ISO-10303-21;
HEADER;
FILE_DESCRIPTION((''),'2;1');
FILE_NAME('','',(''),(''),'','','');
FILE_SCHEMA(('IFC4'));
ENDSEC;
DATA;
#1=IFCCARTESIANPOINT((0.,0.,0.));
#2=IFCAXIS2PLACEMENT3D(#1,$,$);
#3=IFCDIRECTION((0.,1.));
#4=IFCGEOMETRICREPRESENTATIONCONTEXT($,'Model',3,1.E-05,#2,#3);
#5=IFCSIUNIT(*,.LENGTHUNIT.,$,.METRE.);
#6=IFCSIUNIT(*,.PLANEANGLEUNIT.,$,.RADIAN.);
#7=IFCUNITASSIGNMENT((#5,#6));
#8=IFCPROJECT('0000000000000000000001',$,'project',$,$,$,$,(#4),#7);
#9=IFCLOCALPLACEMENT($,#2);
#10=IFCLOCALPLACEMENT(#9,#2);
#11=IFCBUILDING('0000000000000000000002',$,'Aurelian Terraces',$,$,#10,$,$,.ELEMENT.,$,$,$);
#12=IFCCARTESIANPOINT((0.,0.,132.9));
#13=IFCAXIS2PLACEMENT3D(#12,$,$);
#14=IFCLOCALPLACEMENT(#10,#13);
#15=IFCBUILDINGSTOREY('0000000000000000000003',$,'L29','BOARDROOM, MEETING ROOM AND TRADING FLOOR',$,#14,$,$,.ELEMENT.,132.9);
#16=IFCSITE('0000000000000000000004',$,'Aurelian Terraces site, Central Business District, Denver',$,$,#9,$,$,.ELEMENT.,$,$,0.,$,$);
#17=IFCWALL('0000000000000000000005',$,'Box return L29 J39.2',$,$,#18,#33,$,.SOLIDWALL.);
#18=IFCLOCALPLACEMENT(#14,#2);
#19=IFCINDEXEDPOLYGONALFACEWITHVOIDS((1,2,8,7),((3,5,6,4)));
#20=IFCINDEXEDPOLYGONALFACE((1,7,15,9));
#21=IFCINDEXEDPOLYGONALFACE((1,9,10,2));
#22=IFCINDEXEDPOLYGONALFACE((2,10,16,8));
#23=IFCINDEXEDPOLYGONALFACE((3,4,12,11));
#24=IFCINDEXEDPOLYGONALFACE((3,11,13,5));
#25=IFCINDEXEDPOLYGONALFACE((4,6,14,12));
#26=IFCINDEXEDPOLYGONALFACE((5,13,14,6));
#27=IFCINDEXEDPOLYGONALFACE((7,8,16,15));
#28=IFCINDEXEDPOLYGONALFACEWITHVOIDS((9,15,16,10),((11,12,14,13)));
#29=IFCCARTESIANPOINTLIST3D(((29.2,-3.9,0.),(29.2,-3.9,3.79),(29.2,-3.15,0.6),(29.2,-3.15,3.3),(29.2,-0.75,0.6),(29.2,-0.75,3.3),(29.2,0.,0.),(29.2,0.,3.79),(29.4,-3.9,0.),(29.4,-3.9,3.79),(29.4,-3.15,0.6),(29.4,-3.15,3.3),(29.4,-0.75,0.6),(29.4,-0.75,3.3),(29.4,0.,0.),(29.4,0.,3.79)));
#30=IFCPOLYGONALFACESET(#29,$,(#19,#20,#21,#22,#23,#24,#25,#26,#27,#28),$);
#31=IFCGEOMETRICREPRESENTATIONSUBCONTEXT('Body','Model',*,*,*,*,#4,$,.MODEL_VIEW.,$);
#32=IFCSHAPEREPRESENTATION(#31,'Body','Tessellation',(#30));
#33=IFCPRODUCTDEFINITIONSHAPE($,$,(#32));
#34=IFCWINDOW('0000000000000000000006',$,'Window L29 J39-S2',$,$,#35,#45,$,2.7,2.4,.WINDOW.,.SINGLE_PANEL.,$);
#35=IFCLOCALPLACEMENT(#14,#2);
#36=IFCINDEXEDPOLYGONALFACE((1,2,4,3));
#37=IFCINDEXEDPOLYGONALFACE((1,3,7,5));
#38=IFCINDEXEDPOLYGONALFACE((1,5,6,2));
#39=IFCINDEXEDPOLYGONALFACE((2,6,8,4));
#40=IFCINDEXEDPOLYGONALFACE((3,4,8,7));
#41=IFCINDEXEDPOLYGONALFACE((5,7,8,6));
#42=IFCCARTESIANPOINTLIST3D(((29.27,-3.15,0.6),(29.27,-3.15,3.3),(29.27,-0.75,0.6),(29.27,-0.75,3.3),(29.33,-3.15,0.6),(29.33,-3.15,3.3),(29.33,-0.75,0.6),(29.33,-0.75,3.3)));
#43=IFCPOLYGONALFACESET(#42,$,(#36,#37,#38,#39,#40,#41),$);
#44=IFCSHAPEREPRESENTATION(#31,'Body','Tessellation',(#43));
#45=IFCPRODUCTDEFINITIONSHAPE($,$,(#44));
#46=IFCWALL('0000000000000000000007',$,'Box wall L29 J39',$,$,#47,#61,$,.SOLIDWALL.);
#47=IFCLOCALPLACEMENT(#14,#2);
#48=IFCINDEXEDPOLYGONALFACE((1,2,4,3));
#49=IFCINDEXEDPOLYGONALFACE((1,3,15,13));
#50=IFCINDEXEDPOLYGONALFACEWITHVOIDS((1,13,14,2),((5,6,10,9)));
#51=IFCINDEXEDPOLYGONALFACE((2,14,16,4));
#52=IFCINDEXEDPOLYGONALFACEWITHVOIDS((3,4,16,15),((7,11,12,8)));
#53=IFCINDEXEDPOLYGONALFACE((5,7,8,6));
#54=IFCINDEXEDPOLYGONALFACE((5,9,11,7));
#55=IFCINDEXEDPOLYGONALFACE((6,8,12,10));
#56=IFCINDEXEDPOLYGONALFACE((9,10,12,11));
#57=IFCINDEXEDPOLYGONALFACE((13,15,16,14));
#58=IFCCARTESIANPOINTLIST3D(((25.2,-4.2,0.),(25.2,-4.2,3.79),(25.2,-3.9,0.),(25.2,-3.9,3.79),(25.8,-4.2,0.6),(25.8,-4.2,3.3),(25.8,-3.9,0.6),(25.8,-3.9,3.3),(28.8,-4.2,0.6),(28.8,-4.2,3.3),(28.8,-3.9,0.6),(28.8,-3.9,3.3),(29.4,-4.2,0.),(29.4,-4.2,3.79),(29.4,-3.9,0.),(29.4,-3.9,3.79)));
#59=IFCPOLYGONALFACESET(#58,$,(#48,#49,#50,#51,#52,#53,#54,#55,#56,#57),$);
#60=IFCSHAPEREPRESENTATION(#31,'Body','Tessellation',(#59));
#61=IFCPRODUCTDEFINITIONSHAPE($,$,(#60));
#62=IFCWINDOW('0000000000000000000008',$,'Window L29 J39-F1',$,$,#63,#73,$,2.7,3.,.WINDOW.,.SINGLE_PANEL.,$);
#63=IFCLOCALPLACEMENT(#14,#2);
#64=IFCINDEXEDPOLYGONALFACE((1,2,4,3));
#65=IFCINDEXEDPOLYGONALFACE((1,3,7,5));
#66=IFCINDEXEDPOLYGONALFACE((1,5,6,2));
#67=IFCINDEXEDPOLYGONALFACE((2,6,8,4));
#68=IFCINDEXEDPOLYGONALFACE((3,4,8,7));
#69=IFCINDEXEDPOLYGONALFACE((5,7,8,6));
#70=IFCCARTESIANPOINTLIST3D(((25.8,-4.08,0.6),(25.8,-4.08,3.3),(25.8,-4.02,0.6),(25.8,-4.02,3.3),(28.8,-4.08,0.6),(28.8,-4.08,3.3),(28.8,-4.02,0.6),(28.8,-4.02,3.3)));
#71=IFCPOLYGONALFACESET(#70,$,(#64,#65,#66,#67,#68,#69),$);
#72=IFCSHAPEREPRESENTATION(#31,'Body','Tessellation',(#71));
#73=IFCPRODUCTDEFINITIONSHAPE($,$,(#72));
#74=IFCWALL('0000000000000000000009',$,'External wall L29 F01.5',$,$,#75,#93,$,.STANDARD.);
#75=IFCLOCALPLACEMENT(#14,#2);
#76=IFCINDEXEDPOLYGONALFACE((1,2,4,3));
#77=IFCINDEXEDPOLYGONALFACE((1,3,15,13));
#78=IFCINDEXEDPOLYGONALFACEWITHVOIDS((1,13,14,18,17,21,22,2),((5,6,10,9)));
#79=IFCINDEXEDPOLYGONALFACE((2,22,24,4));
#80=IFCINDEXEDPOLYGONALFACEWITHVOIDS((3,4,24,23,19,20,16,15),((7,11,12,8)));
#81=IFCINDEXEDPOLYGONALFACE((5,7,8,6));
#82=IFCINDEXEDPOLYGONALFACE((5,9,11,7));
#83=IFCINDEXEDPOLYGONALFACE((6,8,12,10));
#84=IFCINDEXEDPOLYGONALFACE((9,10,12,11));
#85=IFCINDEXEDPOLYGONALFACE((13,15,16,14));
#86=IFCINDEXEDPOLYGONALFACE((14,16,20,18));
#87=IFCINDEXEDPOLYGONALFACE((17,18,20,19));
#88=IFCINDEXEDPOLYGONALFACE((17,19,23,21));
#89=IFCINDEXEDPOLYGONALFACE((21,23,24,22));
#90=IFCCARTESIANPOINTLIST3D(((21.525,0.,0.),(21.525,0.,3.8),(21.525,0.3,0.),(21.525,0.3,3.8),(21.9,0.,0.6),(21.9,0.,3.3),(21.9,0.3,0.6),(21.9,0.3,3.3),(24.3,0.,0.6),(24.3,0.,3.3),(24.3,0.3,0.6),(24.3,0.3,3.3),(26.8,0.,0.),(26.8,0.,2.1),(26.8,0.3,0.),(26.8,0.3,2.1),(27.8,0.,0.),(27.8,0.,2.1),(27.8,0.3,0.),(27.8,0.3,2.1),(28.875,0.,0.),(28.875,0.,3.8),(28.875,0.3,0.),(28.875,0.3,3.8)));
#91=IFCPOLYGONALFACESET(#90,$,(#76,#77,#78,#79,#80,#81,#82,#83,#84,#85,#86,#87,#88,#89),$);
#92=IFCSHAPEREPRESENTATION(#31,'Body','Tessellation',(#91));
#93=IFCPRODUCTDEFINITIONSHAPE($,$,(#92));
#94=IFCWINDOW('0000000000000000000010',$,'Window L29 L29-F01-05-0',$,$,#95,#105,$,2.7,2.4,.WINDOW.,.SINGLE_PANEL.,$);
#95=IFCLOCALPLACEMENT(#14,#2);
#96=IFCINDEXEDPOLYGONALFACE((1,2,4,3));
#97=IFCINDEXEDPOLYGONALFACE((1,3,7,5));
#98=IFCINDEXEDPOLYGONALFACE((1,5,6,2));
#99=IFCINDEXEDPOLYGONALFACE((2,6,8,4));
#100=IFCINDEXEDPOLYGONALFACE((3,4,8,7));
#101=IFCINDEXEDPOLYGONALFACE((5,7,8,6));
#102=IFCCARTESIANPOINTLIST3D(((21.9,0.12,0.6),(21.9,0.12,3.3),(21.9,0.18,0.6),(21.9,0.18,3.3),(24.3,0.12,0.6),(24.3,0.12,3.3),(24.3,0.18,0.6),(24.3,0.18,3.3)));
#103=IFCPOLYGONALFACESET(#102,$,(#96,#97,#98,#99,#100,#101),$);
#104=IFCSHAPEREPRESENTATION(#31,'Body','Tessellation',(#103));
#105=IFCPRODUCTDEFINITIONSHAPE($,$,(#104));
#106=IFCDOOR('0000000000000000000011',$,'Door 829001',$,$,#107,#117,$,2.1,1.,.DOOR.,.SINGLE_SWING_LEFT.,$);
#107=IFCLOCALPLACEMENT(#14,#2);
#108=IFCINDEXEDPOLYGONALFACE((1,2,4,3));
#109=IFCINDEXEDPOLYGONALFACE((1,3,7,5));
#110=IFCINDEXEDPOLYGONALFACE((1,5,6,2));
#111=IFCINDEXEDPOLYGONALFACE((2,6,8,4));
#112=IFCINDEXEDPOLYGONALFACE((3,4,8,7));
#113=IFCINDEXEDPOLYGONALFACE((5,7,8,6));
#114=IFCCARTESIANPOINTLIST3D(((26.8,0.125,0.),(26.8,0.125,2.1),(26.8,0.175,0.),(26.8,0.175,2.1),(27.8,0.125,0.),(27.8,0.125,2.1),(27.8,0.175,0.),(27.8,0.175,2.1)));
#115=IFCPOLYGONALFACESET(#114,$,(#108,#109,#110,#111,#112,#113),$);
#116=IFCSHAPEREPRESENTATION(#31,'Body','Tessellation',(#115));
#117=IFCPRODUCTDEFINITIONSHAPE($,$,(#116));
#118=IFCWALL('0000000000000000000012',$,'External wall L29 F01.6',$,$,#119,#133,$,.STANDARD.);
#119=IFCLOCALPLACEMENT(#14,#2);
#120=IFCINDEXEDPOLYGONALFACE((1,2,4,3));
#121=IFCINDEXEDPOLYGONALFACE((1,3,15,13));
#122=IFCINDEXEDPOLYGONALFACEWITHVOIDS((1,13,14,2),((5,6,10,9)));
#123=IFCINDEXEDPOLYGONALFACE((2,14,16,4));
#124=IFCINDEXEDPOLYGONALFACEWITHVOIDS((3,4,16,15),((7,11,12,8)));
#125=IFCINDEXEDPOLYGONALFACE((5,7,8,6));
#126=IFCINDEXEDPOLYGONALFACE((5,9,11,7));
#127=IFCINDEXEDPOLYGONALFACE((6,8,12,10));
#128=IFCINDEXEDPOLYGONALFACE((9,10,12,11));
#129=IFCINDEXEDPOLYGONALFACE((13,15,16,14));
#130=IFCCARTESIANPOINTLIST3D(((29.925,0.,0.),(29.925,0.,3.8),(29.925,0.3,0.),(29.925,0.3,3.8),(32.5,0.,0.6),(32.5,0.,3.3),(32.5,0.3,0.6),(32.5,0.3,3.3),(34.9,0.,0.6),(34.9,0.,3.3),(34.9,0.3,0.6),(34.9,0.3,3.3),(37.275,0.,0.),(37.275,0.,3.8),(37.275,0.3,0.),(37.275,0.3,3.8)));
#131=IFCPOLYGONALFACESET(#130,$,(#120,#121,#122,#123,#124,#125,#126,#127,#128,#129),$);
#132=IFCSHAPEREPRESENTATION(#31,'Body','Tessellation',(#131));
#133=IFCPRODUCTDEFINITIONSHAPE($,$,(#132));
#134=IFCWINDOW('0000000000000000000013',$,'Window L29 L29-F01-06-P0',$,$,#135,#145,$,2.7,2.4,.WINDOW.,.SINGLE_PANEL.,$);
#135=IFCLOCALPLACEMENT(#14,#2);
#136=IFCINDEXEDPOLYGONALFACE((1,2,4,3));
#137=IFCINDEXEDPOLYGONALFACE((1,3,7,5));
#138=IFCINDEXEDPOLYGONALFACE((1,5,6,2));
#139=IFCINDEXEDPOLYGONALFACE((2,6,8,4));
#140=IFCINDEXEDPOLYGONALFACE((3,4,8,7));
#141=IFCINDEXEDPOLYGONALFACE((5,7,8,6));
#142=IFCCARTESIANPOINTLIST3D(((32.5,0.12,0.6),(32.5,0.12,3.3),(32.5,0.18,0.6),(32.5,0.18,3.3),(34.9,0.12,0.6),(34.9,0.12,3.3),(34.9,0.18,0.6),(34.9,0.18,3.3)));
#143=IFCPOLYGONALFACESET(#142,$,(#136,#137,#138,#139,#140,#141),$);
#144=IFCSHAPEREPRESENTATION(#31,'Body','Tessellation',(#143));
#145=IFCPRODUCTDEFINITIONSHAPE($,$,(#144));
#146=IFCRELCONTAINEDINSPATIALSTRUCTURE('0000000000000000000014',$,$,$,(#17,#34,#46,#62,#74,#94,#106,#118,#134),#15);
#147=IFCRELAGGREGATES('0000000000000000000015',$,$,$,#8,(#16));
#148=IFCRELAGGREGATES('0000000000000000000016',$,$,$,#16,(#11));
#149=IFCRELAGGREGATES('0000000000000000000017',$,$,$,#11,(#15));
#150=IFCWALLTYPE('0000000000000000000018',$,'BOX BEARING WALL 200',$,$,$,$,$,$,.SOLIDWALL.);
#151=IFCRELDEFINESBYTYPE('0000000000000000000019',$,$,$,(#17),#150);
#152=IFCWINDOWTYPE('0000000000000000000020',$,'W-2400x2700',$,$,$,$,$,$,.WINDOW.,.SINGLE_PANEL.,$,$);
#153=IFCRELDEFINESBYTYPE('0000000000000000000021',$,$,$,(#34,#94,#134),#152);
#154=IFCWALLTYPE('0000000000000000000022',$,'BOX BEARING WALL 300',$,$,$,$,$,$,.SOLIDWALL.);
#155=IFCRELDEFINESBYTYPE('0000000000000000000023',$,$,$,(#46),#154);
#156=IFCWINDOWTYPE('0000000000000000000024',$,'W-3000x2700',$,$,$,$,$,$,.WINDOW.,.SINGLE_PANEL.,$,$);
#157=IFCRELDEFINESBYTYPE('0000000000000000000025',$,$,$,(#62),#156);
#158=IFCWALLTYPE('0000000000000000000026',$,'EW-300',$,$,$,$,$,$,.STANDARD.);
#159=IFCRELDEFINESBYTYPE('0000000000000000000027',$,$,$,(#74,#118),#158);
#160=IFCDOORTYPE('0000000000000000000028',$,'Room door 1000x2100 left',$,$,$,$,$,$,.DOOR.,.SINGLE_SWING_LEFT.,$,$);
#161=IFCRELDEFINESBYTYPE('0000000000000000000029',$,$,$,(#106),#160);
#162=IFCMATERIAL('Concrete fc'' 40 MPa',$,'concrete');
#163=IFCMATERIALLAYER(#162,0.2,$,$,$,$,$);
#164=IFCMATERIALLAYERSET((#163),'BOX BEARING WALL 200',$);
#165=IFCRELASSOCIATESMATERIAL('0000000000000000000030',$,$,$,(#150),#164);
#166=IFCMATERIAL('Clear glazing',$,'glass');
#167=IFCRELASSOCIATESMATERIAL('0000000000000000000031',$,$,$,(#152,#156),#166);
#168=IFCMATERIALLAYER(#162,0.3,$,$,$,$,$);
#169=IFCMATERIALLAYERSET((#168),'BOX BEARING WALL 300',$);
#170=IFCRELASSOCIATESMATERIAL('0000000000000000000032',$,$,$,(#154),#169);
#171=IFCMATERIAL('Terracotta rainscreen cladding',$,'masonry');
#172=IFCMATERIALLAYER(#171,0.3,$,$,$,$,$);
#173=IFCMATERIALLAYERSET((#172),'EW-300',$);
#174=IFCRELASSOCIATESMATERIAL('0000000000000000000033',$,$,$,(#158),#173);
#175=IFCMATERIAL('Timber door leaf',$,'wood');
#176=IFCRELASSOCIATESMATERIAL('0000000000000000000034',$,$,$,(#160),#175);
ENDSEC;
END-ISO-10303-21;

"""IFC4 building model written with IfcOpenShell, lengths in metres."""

from ifc_helpers import new_model, si_unit, direction, frame, frame_2d, origin, place, context, subcontext, project, spatial, rectangle, extrude, source, transform, mapped, material, layer, layer_set, type_object, element, fill, save


model = new_model("IFC4")

# Units and contexts
model_context = context("Model", 3, precision=1e-05, world=origin(), true_north=direction((0.0, 1.0)))
body_context = subcontext(model_context, "Body", "Model", "MODEL_VIEW")
ifc_project = project(units=[si_unit("LENGTHUNIT", "METRE"), si_unit("PLANEANGLEUNIT", "RADIAN")], contexts=[model_context])

# Site, building, storey
site_placement = place(None, origin())
site = spatial("IfcSite", under=ifc_project, at=site_placement, Name="Aurelian Terraces site, Central Business District, Denver", CompositionType="ELEMENT", RefElevation=0.0)
building_placement = place(site_placement, origin())
building = spatial("IfcBuilding", under=site, at=building_placement, Name="Aurelian Terraces", CompositionType="ELEMENT")
storey_placement = place(building_placement, frame((0.0, 0.0, 132.9)))
storey = spatial("IfcBuildingStorey", under=building, at=storey_placement, Name="L29", Description="BOARDROOM, MEETING ROOM AND TRADING FLOOR", CompositionType="ELEMENT", Elevation=132.9)

# Shared definitions
ifc_material_1 = material(Name="Concrete fc' 40 MPa", Category="concrete")

# Walls, openings, windows
ifc_layer_1 = layer(ifc_material_1, 0.2)
ifc_layer_set_1 = layer_set([ifc_layer_1], Name="BOX BEARING WALL 200")
wall_type_1 = type_object("IfcWallType", Name="BOX BEARING WALL 200", PredefinedType="SOLIDWALL", material=ifc_layer_set_1)
shared_shape_1 = source(origin(), body_context, "Body", "SweptSolid", [
    extrude(rectangle(XDim=3.9, YDim=0.2, at=frame_2d((1.95, 0.0))), origin(), (0.0, 0.0, 1.0), 3.79),
])
shared_shape_2 = source(origin(), body_context, "Body", "SweptSolid", [
    extrude(rectangle(XDim=2.4, YDim=2.7, at=frame_2d((1.2, 1.35))), frame((0.0, 0.11, 0.0), z_axis=(0.0, -1.0, 0.0), x_axis=(1.0, 0.0, 0.0)), (0.0, 0.0, 1.0), 0.22),
])
ifc_material_2 = material(Name="Clear glazing", Category="glass")
window_type_1 = type_object("IfcWindowType", Name="W-2400x2700", PartitioningType="SINGLE_PANEL", PredefinedType="WINDOW", material=ifc_material_2)
shared_shape_3 = source(origin(), body_context, "Body", "SweptSolid", [
    extrude(rectangle(XDim=2.4, YDim=2.7, at=frame_2d((1.2, 1.35))), frame((0.0, 0.03, 0.0), z_axis=(0.0, -1.0, 0.0), x_axis=(1.0, 0.0, 0.0)), (0.0, 0.0, 1.0), 0.06),
])
wall_1_placement = place(storey_placement, frame((29.3, 0.0, 0.0), z_axis=(0.0, 0.0, 1.0), x_axis=(0.0, -1.0, 0.0)))
wall_1 = element("IfcWall", 1, at=wall_1_placement, inside=storey, type_object=wall_type_1, Name="Box return L29 J39.2", PredefinedType="SOLIDWALL", context=body_context, shape_type="MappedRepresentation", body=[
    mapped(shared_shape_1, transform((0.0, 0.0, 0.0), scale=1.0)),
])
opening_1_placement = place(wall_1_placement, frame((0.75, 0.0, 0.6)))
opening_1 = element("IfcOpeningElement", 2, at=opening_1_placement, cuts=wall_1, PredefinedType="OPENING", context=body_context, shape_type="MappedRepresentation", body=[
    mapped(shared_shape_2, transform((0.0, 0.0, 0.0), scale=1.0)),
])
window_1_placement = place(opening_1_placement, origin())
window_1 = element("IfcWindow", 3, at=window_1_placement, inside=storey, type_object=window_type_1, Name="Window L29 J39-S2", OverallHeight=2.7, OverallWidth=2.4, PartitioningType="SINGLE_PANEL", PredefinedType="WINDOW", context=body_context, shape_type="MappedRepresentation", body=[
    mapped(shared_shape_3, transform((0.0, 0.0, 0.0), scale=1.0)),
])
fill(opening_1, window_1)
ifc_layer_2 = layer(ifc_material_1, 0.3)
ifc_layer_set_2 = layer_set([ifc_layer_2], Name="BOX BEARING WALL 300")
wall_type_2 = type_object("IfcWallType", Name="BOX BEARING WALL 300", PredefinedType="SOLIDWALL", material=ifc_layer_set_2)
shared_shape_4 = source(origin(), body_context, "Body", "SweptSolid", [
    extrude(rectangle(XDim=4.2, YDim=0.3, at=frame_2d((2.1, 0.0))), origin(), (0.0, 0.0, 1.0), 3.79),
])
wall_2_placement = place(storey_placement, frame((25.2, -4.05, 0.0), z_axis=(0.0, 0.0, 1.0), x_axis=(1.0, 0.0, 0.0)))
wall_2 = element("IfcWall", 4, at=wall_2_placement, inside=storey, type_object=wall_type_2, Name="Box wall L29 J39", PredefinedType="SOLIDWALL", context=body_context, shape_type="MappedRepresentation", body=[
    mapped(shared_shape_4, transform((0.0, 0.0, 0.0), scale=1.0)),
])
shared_shape_5 = source(origin(), body_context, "Body", "SweptSolid", [
    extrude(rectangle(XDim=3.0, YDim=2.7, at=frame_2d((1.5, 1.35))), frame((0.0, 0.16, 0.0), z_axis=(0.0, -1.0, 0.0), x_axis=(1.0, 0.0, 0.0)), (0.0, 0.0, 1.0), 0.32),
])
opening_2_placement = place(wall_2_placement, frame((0.6, 0.0, 0.6)))
opening_2 = element("IfcOpeningElement", 5, at=opening_2_placement, cuts=wall_2, PredefinedType="OPENING", context=body_context, shape_type="MappedRepresentation", body=[
    mapped(shared_shape_5, transform((0.0, 0.0, 0.0), scale=1.0)),
])
window_type_2 = type_object("IfcWindowType", Name="W-3000x2700", PartitioningType="SINGLE_PANEL", PredefinedType="WINDOW", material=ifc_material_2)
shared_shape_6 = source(origin(), body_context, "Body", "SweptSolid", [
    extrude(rectangle(XDim=3.0, YDim=2.7, at=frame_2d((1.5, 1.35))), frame((0.0, 0.03, 0.0), z_axis=(0.0, -1.0, 0.0), x_axis=(1.0, 0.0, 0.0)), (0.0, 0.0, 1.0), 0.06),
])
window_2_placement = place(opening_2_placement, origin())
window_2 = element("IfcWindow", 6, at=window_2_placement, inside=storey, type_object=window_type_2, Name="Window L29 J39-F1", OverallHeight=2.7, OverallWidth=3.0, PartitioningType="SINGLE_PANEL", PredefinedType="WINDOW", context=body_context, shape_type="MappedRepresentation", body=[
    mapped(shared_shape_6, transform((0.0, 0.0, 0.0), scale=1.0)),
])
fill(opening_2, window_2)

# Wall, openings, window, door
ifc_material_3 = material(Name="Terracotta rainscreen cladding", Category="masonry")
ifc_layer_3 = layer(ifc_material_3, 0.3)
ifc_layer_set_3 = layer_set([ifc_layer_3], Name="EW-300")
wall_type_3 = type_object("IfcWallType", Name="EW-300", PredefinedType="STANDARD", material=ifc_layer_set_3)
shared_shape_7 = source(origin(), body_context, "Body", "SweptSolid", [
    extrude(rectangle(XDim=7.35, YDim=0.3, at=frame_2d((3.675, 0.0))), origin(), (0.0, 0.0, 1.0), 3.8),
])
wall_3_placement = place(storey_placement, frame((21.525, 0.15, 0.0), z_axis=(0.0, 0.0, 1.0), x_axis=(1.0, 0.0, 0.0)))
wall_3 = element("IfcWall", 7, at=wall_3_placement, inside=storey, type_object=wall_type_3, Name="External wall L29 F01.5", PredefinedType="STANDARD", context=body_context, shape_type="MappedRepresentation", body=[
    mapped(shared_shape_7, transform((0.0, 0.0, 0.0), scale=1.0)),
])
shared_shape_8 = source(origin(), body_context, "Body", "SweptSolid", [
    extrude(rectangle(XDim=2.4, YDim=2.7, at=frame_2d((1.2, 1.35))), frame((0.0, 0.16, 0.0), z_axis=(0.0, -1.0, 0.0), x_axis=(1.0, 0.0, 0.0)), (0.0, 0.0, 1.0), 0.32),
])
opening_3_placement = place(wall_3_placement, frame((0.375, 0.0, 0.6)))
opening_3 = element("IfcOpeningElement", 8, at=opening_3_placement, cuts=wall_3, PredefinedType="OPENING", context=body_context, shape_type="MappedRepresentation", body=[
    mapped(shared_shape_8, transform((0.0, 0.0, 0.0), scale=1.0)),
])
shared_shape_9 = source(origin(), body_context, "Body", "SweptSolid", [
    extrude(rectangle(XDim=1.0, YDim=2.1, at=frame_2d((0.5, 1.05))), frame((0.0, 0.16, 0.0), z_axis=(0.0, -1.0, 0.0), x_axis=(1.0, 0.0, 0.0)), (0.0, 0.0, 1.0), 0.32),
])
opening_4_placement = place(wall_3_placement, frame((5.275, 0.0, 0.0)))
opening_4 = element("IfcOpeningElement", 9, at=opening_4_placement, cuts=wall_3, PredefinedType="OPENING", context=body_context, shape_type="MappedRepresentation", body=[
    mapped(shared_shape_9, transform((0.0, 0.0, 0.0), scale=1.0)),
])
window_3_placement = place(opening_3_placement, origin())
window_3 = element("IfcWindow", 10, at=window_3_placement, inside=storey, type_object=window_type_1, Name="Window L29 L29-F01-05-0", OverallHeight=2.7, OverallWidth=2.4, PartitioningType="SINGLE_PANEL", PredefinedType="WINDOW", context=body_context, shape_type="MappedRepresentation", body=[
    mapped(shared_shape_3, transform((0.0, 0.0, 0.0), scale=1.0)),
])
fill(opening_3, window_3)
ifc_material_4 = material(Name="Timber door leaf", Category="wood")
door_type_1 = type_object("IfcDoorType", Name="Room door 1000x2100 left", OperationType="SINGLE_SWING_LEFT", PredefinedType="DOOR", material=ifc_material_4)
shared_shape_10 = source(origin(), body_context, "Body", "SweptSolid", [
    extrude(rectangle(XDim=1.0, YDim=2.1, at=frame_2d((0.5, 1.05))), frame((0.0, 0.025, 0.0), z_axis=(0.0, -1.0, 0.0), x_axis=(1.0, 0.0, 0.0)), (0.0, 0.0, 1.0), 0.05),
])
door_1_placement = place(opening_4_placement, origin())
door_1 = element("IfcDoor", 11, at=door_1_placement, inside=storey, type_object=door_type_1, Name="Door 829001", OperationType="SINGLE_SWING_LEFT", OverallHeight=2.1, OverallWidth=1.0, PredefinedType="DOOR", context=body_context, shape_type="MappedRepresentation", body=[
    mapped(shared_shape_10, transform((0.0, 0.0, 0.0), scale=1.0)),
])
fill(opening_4, door_1)

# Wall, opening, window
wall_4_placement = place(storey_placement, frame((29.925, 0.15, 0.0), z_axis=(0.0, 0.0, 1.0), x_axis=(1.0, 0.0, 0.0)))
wall_4 = element("IfcWall", 12, at=wall_4_placement, inside=storey, type_object=wall_type_3, Name="External wall L29 F01.6", PredefinedType="STANDARD", context=body_context, shape_type="MappedRepresentation", body=[
    mapped(shared_shape_7, transform((0.0, 0.0, 0.0), scale=1.0)),
])
opening_5_placement = place(wall_4_placement, frame((2.575, 0.0, 0.6)))
opening_5 = element("IfcOpeningElement", 13, at=opening_5_placement, cuts=wall_4, PredefinedType="OPENING", context=body_context, shape_type="MappedRepresentation", body=[
    mapped(shared_shape_8, transform((0.0, 0.0, 0.0), scale=1.0)),
])
window_4_placement = place(opening_5_placement, origin())
window_4 = element("IfcWindow", 14, at=window_4_placement, inside=storey, type_object=window_type_1, Name="Window L29 L29-F01-06-P0", OverallHeight=2.7, OverallWidth=2.4, PartitioningType="SINGLE_PANEL", PredefinedType="WINDOW", context=body_context, shape_type="MappedRepresentation", body=[
    mapped(shared_shape_3, transform((0.0, 0.0, 0.0), scale=1.0)),
])
fill(opening_5, window_4)

save(model, "model.ifc")
